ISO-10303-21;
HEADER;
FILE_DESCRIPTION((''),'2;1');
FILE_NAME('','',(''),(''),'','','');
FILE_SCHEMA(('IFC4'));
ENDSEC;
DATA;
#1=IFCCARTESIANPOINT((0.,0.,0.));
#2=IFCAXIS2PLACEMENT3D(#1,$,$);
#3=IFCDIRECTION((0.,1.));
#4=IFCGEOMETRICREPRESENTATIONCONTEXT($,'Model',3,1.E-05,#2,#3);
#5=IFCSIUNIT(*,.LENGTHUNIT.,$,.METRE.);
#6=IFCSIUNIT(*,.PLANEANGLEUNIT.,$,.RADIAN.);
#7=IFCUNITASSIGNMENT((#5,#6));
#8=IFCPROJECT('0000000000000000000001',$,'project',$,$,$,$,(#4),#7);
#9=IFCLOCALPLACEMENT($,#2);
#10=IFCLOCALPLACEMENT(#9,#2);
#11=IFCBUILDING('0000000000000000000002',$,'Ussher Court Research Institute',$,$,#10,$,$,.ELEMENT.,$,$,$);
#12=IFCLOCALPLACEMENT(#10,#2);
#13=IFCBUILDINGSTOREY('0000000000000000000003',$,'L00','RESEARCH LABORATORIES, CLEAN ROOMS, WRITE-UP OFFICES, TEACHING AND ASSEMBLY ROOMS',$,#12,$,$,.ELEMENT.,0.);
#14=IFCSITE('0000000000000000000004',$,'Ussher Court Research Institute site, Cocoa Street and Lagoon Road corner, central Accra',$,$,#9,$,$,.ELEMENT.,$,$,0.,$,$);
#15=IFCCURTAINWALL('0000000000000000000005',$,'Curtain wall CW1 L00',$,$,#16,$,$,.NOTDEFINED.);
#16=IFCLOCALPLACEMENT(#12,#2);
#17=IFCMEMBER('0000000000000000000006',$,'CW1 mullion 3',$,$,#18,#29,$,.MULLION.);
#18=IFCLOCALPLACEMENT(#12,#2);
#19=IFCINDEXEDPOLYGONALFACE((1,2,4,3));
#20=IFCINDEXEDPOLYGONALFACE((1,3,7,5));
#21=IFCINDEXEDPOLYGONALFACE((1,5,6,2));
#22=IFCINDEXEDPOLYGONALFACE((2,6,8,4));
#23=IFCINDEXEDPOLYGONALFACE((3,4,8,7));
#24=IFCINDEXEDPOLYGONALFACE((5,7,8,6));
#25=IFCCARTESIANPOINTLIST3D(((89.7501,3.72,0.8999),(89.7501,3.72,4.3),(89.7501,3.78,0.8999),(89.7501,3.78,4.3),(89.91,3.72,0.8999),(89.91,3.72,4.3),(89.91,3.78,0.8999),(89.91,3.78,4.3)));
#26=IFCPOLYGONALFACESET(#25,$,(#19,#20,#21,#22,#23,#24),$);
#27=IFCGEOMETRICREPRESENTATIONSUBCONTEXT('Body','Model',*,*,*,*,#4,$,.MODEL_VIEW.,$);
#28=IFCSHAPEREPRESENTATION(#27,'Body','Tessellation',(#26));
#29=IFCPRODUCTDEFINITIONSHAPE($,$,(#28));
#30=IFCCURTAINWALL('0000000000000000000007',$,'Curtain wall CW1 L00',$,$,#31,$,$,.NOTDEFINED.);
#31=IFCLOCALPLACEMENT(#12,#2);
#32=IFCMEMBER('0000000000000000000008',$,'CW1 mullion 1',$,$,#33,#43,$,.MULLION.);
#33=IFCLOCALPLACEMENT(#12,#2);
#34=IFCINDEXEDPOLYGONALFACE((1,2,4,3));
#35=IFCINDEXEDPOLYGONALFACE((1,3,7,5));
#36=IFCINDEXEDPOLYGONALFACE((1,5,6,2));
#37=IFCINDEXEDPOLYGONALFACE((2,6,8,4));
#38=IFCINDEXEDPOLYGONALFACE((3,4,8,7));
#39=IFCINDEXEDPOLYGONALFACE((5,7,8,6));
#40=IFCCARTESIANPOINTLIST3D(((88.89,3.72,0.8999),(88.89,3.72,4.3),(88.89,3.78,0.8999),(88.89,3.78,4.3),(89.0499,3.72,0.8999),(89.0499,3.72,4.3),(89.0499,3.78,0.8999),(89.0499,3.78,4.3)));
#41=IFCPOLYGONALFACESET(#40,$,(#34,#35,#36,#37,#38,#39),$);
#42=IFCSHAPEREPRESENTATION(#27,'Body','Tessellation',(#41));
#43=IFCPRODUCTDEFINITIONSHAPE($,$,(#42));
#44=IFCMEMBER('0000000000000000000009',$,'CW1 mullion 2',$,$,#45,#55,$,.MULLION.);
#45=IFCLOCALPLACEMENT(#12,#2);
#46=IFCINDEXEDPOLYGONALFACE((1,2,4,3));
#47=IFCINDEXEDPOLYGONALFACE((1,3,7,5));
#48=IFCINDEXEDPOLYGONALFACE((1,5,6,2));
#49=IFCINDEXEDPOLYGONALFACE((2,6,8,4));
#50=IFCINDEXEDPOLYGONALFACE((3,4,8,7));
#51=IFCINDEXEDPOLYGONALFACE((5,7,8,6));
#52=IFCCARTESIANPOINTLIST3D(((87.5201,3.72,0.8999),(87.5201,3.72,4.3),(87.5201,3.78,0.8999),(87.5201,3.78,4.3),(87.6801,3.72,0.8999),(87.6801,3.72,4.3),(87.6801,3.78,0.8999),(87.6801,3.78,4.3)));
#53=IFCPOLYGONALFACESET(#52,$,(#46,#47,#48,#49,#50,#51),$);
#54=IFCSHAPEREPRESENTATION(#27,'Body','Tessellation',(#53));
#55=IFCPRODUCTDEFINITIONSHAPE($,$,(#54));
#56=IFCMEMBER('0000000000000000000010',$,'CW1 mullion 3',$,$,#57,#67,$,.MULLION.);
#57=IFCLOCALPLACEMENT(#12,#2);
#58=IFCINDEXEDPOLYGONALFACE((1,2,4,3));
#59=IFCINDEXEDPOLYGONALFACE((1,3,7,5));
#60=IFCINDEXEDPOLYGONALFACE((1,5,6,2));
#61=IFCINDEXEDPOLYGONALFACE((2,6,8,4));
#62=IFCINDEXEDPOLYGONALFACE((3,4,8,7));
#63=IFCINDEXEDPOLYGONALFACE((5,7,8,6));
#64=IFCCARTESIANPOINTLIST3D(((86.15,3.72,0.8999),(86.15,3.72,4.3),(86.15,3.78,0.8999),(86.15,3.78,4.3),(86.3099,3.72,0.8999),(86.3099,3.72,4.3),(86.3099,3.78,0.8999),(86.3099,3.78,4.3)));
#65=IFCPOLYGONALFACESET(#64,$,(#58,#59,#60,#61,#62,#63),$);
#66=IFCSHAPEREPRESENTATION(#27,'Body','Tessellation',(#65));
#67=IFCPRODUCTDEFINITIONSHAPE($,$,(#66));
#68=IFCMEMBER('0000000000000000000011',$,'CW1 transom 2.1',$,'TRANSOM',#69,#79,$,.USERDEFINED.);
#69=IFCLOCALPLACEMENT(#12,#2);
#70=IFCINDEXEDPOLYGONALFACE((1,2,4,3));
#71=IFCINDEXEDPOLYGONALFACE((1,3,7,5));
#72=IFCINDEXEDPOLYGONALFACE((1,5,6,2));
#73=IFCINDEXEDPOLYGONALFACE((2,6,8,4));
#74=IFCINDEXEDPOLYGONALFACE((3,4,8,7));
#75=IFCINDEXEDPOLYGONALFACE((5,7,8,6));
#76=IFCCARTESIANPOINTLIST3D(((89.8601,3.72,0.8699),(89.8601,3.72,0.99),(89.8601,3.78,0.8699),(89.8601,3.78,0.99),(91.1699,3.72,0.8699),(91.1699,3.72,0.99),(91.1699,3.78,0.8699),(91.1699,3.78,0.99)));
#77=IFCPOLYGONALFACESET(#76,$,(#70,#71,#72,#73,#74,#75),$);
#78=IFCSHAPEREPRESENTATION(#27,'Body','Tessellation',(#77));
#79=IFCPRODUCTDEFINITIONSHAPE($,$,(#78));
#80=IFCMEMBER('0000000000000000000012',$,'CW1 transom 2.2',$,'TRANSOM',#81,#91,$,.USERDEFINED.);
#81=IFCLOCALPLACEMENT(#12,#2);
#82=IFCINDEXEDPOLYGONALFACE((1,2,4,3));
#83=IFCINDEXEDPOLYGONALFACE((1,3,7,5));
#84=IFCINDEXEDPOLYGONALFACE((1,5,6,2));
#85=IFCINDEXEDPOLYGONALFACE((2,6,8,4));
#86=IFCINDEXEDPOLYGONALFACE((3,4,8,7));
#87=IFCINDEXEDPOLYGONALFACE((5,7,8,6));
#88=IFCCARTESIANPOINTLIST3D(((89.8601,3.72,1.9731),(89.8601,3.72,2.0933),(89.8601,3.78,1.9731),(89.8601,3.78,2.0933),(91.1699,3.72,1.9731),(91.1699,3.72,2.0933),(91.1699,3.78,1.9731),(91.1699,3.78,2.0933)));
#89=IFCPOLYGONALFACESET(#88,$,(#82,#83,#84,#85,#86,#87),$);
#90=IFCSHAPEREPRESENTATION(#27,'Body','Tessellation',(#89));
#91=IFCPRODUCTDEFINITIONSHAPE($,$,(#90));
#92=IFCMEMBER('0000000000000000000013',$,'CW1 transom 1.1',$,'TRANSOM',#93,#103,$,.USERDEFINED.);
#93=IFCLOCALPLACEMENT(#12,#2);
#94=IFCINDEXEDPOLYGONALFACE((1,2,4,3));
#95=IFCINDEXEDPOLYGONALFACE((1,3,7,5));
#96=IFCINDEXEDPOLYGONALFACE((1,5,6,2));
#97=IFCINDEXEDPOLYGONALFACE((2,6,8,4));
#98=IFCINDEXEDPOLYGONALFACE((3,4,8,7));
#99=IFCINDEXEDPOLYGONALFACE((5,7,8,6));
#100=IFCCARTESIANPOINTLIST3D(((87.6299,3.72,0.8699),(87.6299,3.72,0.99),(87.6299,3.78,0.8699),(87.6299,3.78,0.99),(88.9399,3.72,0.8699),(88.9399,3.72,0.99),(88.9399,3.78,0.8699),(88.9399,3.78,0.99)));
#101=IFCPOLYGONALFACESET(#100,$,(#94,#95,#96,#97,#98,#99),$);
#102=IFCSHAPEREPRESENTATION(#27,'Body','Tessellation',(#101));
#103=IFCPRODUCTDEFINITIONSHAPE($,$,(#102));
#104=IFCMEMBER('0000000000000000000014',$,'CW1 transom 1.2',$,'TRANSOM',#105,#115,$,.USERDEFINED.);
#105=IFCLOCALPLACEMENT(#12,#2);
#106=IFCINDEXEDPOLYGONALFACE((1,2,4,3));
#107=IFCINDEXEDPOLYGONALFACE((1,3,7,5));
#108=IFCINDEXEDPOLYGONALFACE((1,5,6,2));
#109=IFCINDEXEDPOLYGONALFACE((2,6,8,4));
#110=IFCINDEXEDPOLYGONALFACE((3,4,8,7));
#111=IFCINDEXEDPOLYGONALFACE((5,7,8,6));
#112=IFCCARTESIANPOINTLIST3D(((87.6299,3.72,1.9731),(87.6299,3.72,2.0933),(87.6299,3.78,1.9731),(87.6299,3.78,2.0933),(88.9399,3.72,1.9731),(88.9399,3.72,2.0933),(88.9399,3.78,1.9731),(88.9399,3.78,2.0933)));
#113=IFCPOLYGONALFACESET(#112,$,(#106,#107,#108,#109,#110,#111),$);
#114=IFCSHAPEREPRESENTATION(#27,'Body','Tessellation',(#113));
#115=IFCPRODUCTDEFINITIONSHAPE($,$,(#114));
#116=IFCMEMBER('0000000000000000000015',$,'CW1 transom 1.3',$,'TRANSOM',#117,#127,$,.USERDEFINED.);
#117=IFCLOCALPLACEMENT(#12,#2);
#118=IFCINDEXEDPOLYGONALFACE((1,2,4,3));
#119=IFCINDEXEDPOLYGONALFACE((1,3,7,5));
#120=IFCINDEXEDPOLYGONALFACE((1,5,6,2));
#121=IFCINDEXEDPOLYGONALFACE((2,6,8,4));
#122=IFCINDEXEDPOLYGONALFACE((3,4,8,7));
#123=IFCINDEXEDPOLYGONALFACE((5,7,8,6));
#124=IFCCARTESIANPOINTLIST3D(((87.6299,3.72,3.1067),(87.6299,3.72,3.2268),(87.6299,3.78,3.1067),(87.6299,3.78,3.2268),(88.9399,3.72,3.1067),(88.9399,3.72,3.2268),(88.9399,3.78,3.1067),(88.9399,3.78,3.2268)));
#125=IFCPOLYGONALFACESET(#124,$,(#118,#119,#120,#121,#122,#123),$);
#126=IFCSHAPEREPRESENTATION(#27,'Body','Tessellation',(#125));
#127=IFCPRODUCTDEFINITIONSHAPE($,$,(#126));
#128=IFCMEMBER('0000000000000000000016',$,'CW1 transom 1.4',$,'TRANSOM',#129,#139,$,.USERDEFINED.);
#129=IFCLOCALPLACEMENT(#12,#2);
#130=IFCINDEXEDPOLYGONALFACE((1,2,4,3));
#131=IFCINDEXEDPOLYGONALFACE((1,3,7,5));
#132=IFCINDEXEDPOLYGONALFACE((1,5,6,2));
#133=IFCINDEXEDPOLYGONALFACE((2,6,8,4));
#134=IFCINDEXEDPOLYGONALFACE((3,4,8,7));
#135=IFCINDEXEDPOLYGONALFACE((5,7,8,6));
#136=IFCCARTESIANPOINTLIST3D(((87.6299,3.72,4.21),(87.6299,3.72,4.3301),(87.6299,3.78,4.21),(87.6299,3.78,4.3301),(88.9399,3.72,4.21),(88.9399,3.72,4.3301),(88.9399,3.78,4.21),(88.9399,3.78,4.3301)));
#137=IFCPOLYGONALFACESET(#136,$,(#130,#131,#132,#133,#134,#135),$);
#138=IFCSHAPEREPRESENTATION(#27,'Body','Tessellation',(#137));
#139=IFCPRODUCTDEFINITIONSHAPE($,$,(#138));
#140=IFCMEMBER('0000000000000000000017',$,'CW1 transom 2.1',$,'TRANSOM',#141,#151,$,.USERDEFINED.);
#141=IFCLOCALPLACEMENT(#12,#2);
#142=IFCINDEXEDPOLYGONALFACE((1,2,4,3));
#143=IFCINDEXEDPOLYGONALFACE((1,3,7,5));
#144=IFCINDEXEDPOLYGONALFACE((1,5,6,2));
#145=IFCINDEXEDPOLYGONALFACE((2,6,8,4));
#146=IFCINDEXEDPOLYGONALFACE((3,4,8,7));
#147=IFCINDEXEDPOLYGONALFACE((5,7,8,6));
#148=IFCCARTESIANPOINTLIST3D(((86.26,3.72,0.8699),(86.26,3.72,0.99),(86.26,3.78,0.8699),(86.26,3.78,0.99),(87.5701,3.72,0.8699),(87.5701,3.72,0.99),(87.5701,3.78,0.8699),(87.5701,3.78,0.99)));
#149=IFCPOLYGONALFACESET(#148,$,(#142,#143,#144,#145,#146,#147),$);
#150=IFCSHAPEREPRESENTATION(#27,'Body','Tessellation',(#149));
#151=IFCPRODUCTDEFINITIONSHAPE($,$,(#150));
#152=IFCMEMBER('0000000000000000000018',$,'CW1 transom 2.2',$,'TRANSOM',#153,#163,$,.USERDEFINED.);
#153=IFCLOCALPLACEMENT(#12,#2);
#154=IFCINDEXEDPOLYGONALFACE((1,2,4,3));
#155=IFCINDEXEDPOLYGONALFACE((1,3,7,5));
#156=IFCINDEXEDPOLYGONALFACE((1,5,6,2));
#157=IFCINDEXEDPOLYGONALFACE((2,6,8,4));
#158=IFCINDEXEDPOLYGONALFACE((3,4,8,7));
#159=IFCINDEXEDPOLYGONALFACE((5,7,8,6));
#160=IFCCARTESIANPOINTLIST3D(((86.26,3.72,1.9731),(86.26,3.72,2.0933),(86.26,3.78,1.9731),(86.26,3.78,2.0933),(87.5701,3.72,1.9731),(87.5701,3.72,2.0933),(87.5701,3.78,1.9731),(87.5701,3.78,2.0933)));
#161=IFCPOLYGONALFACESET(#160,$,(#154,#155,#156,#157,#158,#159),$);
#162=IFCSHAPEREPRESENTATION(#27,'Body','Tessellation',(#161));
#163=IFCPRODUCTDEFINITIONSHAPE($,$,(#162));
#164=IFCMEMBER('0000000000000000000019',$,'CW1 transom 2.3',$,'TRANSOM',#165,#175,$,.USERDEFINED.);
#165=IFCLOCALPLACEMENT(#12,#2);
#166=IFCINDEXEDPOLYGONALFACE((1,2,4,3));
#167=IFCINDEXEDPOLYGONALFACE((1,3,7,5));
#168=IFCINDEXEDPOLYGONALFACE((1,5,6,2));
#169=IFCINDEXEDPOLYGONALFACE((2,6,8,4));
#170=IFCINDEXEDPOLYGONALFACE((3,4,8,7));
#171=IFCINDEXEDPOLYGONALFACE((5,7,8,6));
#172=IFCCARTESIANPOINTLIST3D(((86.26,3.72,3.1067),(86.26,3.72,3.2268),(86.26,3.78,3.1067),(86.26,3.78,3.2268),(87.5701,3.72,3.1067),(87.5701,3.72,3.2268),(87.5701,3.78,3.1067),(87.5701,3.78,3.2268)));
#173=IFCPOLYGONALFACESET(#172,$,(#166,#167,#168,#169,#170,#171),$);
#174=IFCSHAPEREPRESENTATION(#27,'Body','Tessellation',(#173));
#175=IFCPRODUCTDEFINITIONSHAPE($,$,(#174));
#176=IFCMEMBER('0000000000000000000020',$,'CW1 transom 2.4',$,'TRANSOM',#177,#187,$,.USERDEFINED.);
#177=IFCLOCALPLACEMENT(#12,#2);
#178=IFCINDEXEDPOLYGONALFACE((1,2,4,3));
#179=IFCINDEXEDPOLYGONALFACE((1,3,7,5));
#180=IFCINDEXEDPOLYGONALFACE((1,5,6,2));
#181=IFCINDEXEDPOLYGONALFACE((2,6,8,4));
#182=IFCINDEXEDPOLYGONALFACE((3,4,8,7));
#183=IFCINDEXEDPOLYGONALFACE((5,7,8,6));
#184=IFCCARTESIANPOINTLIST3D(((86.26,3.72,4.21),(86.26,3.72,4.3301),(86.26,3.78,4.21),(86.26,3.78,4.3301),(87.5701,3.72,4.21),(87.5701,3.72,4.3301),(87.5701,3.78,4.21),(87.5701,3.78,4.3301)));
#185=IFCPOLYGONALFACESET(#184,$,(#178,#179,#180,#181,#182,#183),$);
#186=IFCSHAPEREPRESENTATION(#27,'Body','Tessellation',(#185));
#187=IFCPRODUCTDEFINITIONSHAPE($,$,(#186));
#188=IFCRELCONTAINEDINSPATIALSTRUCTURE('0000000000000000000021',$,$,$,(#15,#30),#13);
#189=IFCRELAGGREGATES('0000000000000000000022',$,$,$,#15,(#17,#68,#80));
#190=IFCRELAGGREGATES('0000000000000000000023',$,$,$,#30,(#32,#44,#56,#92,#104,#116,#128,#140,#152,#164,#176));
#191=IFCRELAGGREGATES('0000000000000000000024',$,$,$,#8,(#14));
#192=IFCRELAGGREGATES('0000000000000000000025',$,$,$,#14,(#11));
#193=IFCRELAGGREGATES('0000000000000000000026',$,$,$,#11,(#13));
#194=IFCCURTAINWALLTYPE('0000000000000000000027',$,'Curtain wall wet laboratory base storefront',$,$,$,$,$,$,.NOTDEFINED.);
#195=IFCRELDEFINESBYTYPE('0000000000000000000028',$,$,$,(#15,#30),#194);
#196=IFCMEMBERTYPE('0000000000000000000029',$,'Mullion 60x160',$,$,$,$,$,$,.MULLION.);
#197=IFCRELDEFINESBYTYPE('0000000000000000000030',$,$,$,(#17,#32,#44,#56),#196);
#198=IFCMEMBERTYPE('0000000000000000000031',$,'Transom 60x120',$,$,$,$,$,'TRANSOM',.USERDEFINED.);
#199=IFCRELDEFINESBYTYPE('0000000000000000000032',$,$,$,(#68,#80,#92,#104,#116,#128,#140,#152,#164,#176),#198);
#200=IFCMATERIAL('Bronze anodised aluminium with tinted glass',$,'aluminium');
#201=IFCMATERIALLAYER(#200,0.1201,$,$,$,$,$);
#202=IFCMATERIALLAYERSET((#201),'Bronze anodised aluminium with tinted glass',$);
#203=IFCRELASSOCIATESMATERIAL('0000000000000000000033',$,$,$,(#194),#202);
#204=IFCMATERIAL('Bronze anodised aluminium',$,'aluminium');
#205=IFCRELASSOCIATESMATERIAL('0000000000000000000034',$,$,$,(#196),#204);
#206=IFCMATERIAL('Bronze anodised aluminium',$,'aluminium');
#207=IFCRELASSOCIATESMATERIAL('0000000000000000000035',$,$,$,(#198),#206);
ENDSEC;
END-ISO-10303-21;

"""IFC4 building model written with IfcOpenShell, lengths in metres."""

from ifc_helpers import new_model, si_unit, direction, frame, origin, origin_2d, place, context, subcontext, project, spatial, rectangle, extrude, material, layer, layer_set, material_profile, profile_set, type_object, element, aggregate, save


model = new_model("IFC4")

# Units and contexts
model_context = context("Model", 3, precision=1e-05, world=origin(), true_north=direction((0.0, 1.0)))
body_context = subcontext(model_context, "Body", "Model", "MODEL_VIEW")
ifc_project = project(units=[si_unit("LENGTHUNIT", "METRE"), si_unit("PLANEANGLEUNIT", "RADIAN")], contexts=[model_context])

# Site, building, storey
site_placement = place(None, origin())
site = spatial("IfcSite", under=ifc_project, at=site_placement, Name="Ussher Court Research Institute site, Cocoa Street and Lagoon Road corner, central Accra", CompositionType="ELEMENT", RefElevation=0.0)
building_placement = place(site_placement, origin())
building = spatial("IfcBuilding", under=site, at=building_placement, Name="Ussher Court Research Institute", CompositionType="ELEMENT")
storey_placement = place(building_placement, origin())
storey = spatial("IfcBuildingStorey", under=building, at=storey_placement, Name="L00", Description="RESEARCH LABORATORIES, CLEAN ROOMS, WRITE-UP OFFICES, TEACHING AND ASSEMBLY ROOMS", CompositionType="ELEMENT", Elevation=0.0)

# Curtain wall, member
ifc_material_1 = material(Name="Bronze anodised aluminium with tinted glass", Category="aluminium")
ifc_layer_1 = layer(ifc_material_1, 0.1201)
ifc_layer_set_1 = layer_set([ifc_layer_1], Name="Bronze anodised aluminium with tinted glass")
curtain_wall_type = type_object("IfcCurtainWallType", Name="Curtain wall wet laboratory base storefront", PredefinedType="NOTDEFINED", material=ifc_layer_set_1)
curtain_wall_1_placement = place(storey_placement, origin())
curtain_wall_1 = element("IfcCurtainWall", 1, at=curtain_wall_1_placement, inside=storey, type_object=curtain_wall_type, Name="Curtain wall CW1 L00", PredefinedType="NOTDEFINED")
ifc_material_2 = material(Name="Bronze anodised aluminium", Category="aluminium")
ifc_material_profile_1 = material_profile(ifc_material_2, rectangle(XDim=0.0601, YDim=0.1599, at=origin_2d()), Name="Mullion 60x160")
ifc_profile_set_1 = profile_set([ifc_material_profile_1], Name="Bronze anodised aluminium")
member_type_1 = type_object("IfcMemberType", Name="Mullion 60x160", PredefinedType="MULLION", material=ifc_profile_set_1)
member_1_placement = place(storey_placement, frame((89.8301, 3.75, 0.8999), z_axis=(0.0, 0.0, 1.0), x_axis=(0.0, -1.0, 0.0)))
member_1 = element("IfcMember", 2, at=member_1_placement, type_object=member_type_1, Name="CW1 mullion 3", PredefinedType="MULLION", context=body_context, shape_type="SweptSolid", body=[
    extrude(rectangle(XDim=0.0601, YDim=0.1599, at=origin_2d()), origin(), (0.0, 0.0, 1.0), 3.4001),
])

# Curtain wall, members
curtain_wall_2_placement = place(storey_placement, origin())
curtain_wall_2 = element("IfcCurtainWall", 3, at=curtain_wall_2_placement, inside=storey, type_object=curtain_wall_type, Name="Curtain wall CW1 L00", PredefinedType="NOTDEFINED")
member_2_placement = place(storey_placement, frame((88.97, 3.75, 0.8999), z_axis=(0.0, 0.0, 1.0), x_axis=(0.0, -1.0, 0.0)))
member_2 = element("IfcMember", 4, at=member_2_placement, type_object=member_type_1, Name="CW1 mullion 1", PredefinedType="MULLION", context=body_context, shape_type="SweptSolid", body=[
    extrude(rectangle(XDim=0.0601, YDim=0.1599, at=origin_2d()), origin(), (0.0, 0.0, 1.0), 3.4001),
])
member_3_placement = place(storey_placement, frame((87.6001, 3.75, 0.8999), z_axis=(0.0, 0.0, 1.0), x_axis=(0.0, -1.0, 0.0)))
member_3 = element("IfcMember", 5, at=member_3_placement, type_object=member_type_1, Name="CW1 mullion 2", PredefinedType="MULLION", context=body_context, shape_type="SweptSolid", body=[
    extrude(rectangle(XDim=0.0601, YDim=0.1599, at=origin_2d()), origin(), (0.0, 0.0, 1.0), 3.4001),
])
member_4_placement = place(storey_placement, frame((86.23, 3.75, 0.8999), z_axis=(0.0, 0.0, 1.0), x_axis=(0.0, -1.0, 0.0)))
member_4 = element("IfcMember", 6, at=member_4_placement, type_object=member_type_1, Name="CW1 mullion 3", PredefinedType="MULLION", context=body_context, shape_type="SweptSolid", body=[
    extrude(rectangle(XDim=0.0601, YDim=0.1599, at=origin_2d()), origin(), (0.0, 0.0, 1.0), 3.4001),
])

# Members
ifc_material_3 = material(Name="Bronze anodised aluminium", Category="aluminium")
ifc_material_profile_2 = material_profile(ifc_material_3, rectangle(XDim=0.0601, YDim=0.1201, at=origin_2d()), Name="Transom 60x120")
ifc_profile_set_2 = profile_set([ifc_material_profile_2], Name="Bronze anodised aluminium")
member_type_2 = type_object("IfcMemberType", Name="Transom 60x120", ElementType="TRANSOM", PredefinedType="USERDEFINED", material=ifc_profile_set_2)
member_5_placement = place(storey_placement, frame((91.1699, 3.75, 0.9299), z_axis=(-1.0, 0.0, 0.0), x_axis=(0.0, -1.0, 0.0)))
member_5 = element("IfcMember", 7, at=member_5_placement, type_object=member_type_2, Name="CW1 transom 2.1", ObjectType="TRANSOM", PredefinedType="USERDEFINED", context=body_context, shape_type="SweptSolid", body=[
    extrude(rectangle(XDim=0.0601, YDim=0.1201, at=origin_2d()), origin(), (0.0, 0.0, 1.0), 1.3098),
])
member_6_placement = place(storey_placement, frame((91.1699, 3.75, 2.0332), z_axis=(-1.0, 0.0, 0.0), x_axis=(0.0, -1.0, 0.0)))
member_6 = element("IfcMember", 8, at=member_6_placement, type_object=member_type_2, Name="CW1 transom 2.2", ObjectType="TRANSOM", PredefinedType="USERDEFINED", context=body_context, shape_type="SweptSolid", body=[
    extrude(rectangle(XDim=0.0601, YDim=0.1201, at=origin_2d()), origin(), (0.0, 0.0, 1.0), 1.3098),
])
member_7_placement = place(storey_placement, frame((88.9399, 3.75, 0.9299), z_axis=(-1.0, 0.0, 0.0), x_axis=(0.0, -1.0, 0.0)))
member_7 = element("IfcMember", 9, at=member_7_placement, type_object=member_type_2, Name="CW1 transom 1.1", ObjectType="TRANSOM", PredefinedType="USERDEFINED", context=body_context, shape_type="SweptSolid", body=[
    extrude(rectangle(XDim=0.0601, YDim=0.1201, at=origin_2d()), origin(), (0.0, 0.0, 1.0), 1.3101),
])
member_8_placement = place(storey_placement, frame((88.9399, 3.75, 2.0332), z_axis=(-1.0, 0.0, 0.0), x_axis=(0.0, -1.0, 0.0)))
member_8 = element("IfcMember", 10, at=member_8_placement, type_object=member_type_2, Name="CW1 transom 1.2", ObjectType="TRANSOM", PredefinedType="USERDEFINED", context=body_context, shape_type="SweptSolid", body=[
    extrude(rectangle(XDim=0.0601, YDim=0.1201, at=origin_2d()), origin(), (0.0, 0.0, 1.0), 1.3101),
])
member_9_placement = place(storey_placement, frame((88.9399, 3.75, 3.1667), z_axis=(-1.0, 0.0, 0.0), x_axis=(0.0, -1.0, 0.0)))
member_9 = element("IfcMember", 11, at=member_9_placement, type_object=member_type_2, Name="CW1 transom 1.3", ObjectType="TRANSOM", PredefinedType="USERDEFINED", context=body_context, shape_type="SweptSolid", body=[
    extrude(rectangle(XDim=0.0601, YDim=0.1201, at=origin_2d()), origin(), (0.0, 0.0, 1.0), 1.3101),
])
member_10_placement = place(storey_placement, frame((88.9399, 3.75, 4.27), z_axis=(-1.0, 0.0, 0.0), x_axis=(0.0, -1.0, 0.0)))
member_10 = element("IfcMember", 12, at=member_10_placement, type_object=member_type_2, Name="CW1 transom 1.4", ObjectType="TRANSOM", PredefinedType="USERDEFINED", context=body_context, shape_type="SweptSolid", body=[
    extrude(rectangle(XDim=0.0601, YDim=0.1201, at=origin_2d()), origin(), (0.0, 0.0, 1.0), 1.3101),
])
member_11_placement = place(storey_placement, frame((87.5701, 3.75, 0.9299), z_axis=(-1.0, 0.0, 0.0), x_axis=(0.0, -1.0, 0.0)))
member_11 = element("IfcMember", 13, at=member_11_placement, type_object=member_type_2, Name="CW1 transom 2.1", ObjectType="TRANSOM", PredefinedType="USERDEFINED", context=body_context, shape_type="SweptSolid", body=[
    extrude(rectangle(XDim=0.0601, YDim=0.1201, at=origin_2d()), origin(), (0.0, 0.0, 1.0), 1.3101),
])
member_12_placement = place(storey_placement, frame((87.5701, 3.75, 2.0332), z_axis=(-1.0, 0.0, 0.0), x_axis=(0.0, -1.0, 0.0)))
member_12 = element("IfcMember", 14, at=member_12_placement, type_object=member_type_2, Name="CW1 transom 2.2", ObjectType="TRANSOM", PredefinedType="USERDEFINED", context=body_context, shape_type="SweptSolid", body=[
    extrude(rectangle(XDim=0.0601, YDim=0.1201, at=origin_2d()), origin(), (0.0, 0.0, 1.0), 1.3101),
])
member_13_placement = place(storey_placement, frame((87.5701, 3.75, 3.1667), z_axis=(-1.0, 0.0, 0.0), x_axis=(0.0, -1.0, 0.0)))
member_13 = element("IfcMember", 15, at=member_13_placement, type_object=member_type_2, Name="CW1 transom 2.3", ObjectType="TRANSOM", PredefinedType="USERDEFINED", context=body_context, shape_type="SweptSolid", body=[
    extrude(rectangle(XDim=0.0601, YDim=0.1201, at=origin_2d()), origin(), (0.0, 0.0, 1.0), 1.3101),
])
member_14_placement = place(storey_placement, frame((87.5701, 3.75, 4.27), z_axis=(-1.0, 0.0, 0.0), x_axis=(0.0, -1.0, 0.0)))
member_14 = element("IfcMember", 16, at=member_14_placement, type_object=member_type_2, Name="CW1 transom 2.4", ObjectType="TRANSOM", PredefinedType="USERDEFINED", context=body_context, shape_type="SweptSolid", body=[
    extrude(rectangle(XDim=0.0601, YDim=0.1201, at=origin_2d()), origin(), (0.0, 0.0, 1.0), 1.3101),
])

aggregate(curtain_wall_1, [member_1, member_5, member_6])
aggregate(curtain_wall_2, [member_2, member_3, member_4, member_7, member_8, member_9, member_10, member_11, member_12, member_13, member_14])

save(model, "model.ifc")
